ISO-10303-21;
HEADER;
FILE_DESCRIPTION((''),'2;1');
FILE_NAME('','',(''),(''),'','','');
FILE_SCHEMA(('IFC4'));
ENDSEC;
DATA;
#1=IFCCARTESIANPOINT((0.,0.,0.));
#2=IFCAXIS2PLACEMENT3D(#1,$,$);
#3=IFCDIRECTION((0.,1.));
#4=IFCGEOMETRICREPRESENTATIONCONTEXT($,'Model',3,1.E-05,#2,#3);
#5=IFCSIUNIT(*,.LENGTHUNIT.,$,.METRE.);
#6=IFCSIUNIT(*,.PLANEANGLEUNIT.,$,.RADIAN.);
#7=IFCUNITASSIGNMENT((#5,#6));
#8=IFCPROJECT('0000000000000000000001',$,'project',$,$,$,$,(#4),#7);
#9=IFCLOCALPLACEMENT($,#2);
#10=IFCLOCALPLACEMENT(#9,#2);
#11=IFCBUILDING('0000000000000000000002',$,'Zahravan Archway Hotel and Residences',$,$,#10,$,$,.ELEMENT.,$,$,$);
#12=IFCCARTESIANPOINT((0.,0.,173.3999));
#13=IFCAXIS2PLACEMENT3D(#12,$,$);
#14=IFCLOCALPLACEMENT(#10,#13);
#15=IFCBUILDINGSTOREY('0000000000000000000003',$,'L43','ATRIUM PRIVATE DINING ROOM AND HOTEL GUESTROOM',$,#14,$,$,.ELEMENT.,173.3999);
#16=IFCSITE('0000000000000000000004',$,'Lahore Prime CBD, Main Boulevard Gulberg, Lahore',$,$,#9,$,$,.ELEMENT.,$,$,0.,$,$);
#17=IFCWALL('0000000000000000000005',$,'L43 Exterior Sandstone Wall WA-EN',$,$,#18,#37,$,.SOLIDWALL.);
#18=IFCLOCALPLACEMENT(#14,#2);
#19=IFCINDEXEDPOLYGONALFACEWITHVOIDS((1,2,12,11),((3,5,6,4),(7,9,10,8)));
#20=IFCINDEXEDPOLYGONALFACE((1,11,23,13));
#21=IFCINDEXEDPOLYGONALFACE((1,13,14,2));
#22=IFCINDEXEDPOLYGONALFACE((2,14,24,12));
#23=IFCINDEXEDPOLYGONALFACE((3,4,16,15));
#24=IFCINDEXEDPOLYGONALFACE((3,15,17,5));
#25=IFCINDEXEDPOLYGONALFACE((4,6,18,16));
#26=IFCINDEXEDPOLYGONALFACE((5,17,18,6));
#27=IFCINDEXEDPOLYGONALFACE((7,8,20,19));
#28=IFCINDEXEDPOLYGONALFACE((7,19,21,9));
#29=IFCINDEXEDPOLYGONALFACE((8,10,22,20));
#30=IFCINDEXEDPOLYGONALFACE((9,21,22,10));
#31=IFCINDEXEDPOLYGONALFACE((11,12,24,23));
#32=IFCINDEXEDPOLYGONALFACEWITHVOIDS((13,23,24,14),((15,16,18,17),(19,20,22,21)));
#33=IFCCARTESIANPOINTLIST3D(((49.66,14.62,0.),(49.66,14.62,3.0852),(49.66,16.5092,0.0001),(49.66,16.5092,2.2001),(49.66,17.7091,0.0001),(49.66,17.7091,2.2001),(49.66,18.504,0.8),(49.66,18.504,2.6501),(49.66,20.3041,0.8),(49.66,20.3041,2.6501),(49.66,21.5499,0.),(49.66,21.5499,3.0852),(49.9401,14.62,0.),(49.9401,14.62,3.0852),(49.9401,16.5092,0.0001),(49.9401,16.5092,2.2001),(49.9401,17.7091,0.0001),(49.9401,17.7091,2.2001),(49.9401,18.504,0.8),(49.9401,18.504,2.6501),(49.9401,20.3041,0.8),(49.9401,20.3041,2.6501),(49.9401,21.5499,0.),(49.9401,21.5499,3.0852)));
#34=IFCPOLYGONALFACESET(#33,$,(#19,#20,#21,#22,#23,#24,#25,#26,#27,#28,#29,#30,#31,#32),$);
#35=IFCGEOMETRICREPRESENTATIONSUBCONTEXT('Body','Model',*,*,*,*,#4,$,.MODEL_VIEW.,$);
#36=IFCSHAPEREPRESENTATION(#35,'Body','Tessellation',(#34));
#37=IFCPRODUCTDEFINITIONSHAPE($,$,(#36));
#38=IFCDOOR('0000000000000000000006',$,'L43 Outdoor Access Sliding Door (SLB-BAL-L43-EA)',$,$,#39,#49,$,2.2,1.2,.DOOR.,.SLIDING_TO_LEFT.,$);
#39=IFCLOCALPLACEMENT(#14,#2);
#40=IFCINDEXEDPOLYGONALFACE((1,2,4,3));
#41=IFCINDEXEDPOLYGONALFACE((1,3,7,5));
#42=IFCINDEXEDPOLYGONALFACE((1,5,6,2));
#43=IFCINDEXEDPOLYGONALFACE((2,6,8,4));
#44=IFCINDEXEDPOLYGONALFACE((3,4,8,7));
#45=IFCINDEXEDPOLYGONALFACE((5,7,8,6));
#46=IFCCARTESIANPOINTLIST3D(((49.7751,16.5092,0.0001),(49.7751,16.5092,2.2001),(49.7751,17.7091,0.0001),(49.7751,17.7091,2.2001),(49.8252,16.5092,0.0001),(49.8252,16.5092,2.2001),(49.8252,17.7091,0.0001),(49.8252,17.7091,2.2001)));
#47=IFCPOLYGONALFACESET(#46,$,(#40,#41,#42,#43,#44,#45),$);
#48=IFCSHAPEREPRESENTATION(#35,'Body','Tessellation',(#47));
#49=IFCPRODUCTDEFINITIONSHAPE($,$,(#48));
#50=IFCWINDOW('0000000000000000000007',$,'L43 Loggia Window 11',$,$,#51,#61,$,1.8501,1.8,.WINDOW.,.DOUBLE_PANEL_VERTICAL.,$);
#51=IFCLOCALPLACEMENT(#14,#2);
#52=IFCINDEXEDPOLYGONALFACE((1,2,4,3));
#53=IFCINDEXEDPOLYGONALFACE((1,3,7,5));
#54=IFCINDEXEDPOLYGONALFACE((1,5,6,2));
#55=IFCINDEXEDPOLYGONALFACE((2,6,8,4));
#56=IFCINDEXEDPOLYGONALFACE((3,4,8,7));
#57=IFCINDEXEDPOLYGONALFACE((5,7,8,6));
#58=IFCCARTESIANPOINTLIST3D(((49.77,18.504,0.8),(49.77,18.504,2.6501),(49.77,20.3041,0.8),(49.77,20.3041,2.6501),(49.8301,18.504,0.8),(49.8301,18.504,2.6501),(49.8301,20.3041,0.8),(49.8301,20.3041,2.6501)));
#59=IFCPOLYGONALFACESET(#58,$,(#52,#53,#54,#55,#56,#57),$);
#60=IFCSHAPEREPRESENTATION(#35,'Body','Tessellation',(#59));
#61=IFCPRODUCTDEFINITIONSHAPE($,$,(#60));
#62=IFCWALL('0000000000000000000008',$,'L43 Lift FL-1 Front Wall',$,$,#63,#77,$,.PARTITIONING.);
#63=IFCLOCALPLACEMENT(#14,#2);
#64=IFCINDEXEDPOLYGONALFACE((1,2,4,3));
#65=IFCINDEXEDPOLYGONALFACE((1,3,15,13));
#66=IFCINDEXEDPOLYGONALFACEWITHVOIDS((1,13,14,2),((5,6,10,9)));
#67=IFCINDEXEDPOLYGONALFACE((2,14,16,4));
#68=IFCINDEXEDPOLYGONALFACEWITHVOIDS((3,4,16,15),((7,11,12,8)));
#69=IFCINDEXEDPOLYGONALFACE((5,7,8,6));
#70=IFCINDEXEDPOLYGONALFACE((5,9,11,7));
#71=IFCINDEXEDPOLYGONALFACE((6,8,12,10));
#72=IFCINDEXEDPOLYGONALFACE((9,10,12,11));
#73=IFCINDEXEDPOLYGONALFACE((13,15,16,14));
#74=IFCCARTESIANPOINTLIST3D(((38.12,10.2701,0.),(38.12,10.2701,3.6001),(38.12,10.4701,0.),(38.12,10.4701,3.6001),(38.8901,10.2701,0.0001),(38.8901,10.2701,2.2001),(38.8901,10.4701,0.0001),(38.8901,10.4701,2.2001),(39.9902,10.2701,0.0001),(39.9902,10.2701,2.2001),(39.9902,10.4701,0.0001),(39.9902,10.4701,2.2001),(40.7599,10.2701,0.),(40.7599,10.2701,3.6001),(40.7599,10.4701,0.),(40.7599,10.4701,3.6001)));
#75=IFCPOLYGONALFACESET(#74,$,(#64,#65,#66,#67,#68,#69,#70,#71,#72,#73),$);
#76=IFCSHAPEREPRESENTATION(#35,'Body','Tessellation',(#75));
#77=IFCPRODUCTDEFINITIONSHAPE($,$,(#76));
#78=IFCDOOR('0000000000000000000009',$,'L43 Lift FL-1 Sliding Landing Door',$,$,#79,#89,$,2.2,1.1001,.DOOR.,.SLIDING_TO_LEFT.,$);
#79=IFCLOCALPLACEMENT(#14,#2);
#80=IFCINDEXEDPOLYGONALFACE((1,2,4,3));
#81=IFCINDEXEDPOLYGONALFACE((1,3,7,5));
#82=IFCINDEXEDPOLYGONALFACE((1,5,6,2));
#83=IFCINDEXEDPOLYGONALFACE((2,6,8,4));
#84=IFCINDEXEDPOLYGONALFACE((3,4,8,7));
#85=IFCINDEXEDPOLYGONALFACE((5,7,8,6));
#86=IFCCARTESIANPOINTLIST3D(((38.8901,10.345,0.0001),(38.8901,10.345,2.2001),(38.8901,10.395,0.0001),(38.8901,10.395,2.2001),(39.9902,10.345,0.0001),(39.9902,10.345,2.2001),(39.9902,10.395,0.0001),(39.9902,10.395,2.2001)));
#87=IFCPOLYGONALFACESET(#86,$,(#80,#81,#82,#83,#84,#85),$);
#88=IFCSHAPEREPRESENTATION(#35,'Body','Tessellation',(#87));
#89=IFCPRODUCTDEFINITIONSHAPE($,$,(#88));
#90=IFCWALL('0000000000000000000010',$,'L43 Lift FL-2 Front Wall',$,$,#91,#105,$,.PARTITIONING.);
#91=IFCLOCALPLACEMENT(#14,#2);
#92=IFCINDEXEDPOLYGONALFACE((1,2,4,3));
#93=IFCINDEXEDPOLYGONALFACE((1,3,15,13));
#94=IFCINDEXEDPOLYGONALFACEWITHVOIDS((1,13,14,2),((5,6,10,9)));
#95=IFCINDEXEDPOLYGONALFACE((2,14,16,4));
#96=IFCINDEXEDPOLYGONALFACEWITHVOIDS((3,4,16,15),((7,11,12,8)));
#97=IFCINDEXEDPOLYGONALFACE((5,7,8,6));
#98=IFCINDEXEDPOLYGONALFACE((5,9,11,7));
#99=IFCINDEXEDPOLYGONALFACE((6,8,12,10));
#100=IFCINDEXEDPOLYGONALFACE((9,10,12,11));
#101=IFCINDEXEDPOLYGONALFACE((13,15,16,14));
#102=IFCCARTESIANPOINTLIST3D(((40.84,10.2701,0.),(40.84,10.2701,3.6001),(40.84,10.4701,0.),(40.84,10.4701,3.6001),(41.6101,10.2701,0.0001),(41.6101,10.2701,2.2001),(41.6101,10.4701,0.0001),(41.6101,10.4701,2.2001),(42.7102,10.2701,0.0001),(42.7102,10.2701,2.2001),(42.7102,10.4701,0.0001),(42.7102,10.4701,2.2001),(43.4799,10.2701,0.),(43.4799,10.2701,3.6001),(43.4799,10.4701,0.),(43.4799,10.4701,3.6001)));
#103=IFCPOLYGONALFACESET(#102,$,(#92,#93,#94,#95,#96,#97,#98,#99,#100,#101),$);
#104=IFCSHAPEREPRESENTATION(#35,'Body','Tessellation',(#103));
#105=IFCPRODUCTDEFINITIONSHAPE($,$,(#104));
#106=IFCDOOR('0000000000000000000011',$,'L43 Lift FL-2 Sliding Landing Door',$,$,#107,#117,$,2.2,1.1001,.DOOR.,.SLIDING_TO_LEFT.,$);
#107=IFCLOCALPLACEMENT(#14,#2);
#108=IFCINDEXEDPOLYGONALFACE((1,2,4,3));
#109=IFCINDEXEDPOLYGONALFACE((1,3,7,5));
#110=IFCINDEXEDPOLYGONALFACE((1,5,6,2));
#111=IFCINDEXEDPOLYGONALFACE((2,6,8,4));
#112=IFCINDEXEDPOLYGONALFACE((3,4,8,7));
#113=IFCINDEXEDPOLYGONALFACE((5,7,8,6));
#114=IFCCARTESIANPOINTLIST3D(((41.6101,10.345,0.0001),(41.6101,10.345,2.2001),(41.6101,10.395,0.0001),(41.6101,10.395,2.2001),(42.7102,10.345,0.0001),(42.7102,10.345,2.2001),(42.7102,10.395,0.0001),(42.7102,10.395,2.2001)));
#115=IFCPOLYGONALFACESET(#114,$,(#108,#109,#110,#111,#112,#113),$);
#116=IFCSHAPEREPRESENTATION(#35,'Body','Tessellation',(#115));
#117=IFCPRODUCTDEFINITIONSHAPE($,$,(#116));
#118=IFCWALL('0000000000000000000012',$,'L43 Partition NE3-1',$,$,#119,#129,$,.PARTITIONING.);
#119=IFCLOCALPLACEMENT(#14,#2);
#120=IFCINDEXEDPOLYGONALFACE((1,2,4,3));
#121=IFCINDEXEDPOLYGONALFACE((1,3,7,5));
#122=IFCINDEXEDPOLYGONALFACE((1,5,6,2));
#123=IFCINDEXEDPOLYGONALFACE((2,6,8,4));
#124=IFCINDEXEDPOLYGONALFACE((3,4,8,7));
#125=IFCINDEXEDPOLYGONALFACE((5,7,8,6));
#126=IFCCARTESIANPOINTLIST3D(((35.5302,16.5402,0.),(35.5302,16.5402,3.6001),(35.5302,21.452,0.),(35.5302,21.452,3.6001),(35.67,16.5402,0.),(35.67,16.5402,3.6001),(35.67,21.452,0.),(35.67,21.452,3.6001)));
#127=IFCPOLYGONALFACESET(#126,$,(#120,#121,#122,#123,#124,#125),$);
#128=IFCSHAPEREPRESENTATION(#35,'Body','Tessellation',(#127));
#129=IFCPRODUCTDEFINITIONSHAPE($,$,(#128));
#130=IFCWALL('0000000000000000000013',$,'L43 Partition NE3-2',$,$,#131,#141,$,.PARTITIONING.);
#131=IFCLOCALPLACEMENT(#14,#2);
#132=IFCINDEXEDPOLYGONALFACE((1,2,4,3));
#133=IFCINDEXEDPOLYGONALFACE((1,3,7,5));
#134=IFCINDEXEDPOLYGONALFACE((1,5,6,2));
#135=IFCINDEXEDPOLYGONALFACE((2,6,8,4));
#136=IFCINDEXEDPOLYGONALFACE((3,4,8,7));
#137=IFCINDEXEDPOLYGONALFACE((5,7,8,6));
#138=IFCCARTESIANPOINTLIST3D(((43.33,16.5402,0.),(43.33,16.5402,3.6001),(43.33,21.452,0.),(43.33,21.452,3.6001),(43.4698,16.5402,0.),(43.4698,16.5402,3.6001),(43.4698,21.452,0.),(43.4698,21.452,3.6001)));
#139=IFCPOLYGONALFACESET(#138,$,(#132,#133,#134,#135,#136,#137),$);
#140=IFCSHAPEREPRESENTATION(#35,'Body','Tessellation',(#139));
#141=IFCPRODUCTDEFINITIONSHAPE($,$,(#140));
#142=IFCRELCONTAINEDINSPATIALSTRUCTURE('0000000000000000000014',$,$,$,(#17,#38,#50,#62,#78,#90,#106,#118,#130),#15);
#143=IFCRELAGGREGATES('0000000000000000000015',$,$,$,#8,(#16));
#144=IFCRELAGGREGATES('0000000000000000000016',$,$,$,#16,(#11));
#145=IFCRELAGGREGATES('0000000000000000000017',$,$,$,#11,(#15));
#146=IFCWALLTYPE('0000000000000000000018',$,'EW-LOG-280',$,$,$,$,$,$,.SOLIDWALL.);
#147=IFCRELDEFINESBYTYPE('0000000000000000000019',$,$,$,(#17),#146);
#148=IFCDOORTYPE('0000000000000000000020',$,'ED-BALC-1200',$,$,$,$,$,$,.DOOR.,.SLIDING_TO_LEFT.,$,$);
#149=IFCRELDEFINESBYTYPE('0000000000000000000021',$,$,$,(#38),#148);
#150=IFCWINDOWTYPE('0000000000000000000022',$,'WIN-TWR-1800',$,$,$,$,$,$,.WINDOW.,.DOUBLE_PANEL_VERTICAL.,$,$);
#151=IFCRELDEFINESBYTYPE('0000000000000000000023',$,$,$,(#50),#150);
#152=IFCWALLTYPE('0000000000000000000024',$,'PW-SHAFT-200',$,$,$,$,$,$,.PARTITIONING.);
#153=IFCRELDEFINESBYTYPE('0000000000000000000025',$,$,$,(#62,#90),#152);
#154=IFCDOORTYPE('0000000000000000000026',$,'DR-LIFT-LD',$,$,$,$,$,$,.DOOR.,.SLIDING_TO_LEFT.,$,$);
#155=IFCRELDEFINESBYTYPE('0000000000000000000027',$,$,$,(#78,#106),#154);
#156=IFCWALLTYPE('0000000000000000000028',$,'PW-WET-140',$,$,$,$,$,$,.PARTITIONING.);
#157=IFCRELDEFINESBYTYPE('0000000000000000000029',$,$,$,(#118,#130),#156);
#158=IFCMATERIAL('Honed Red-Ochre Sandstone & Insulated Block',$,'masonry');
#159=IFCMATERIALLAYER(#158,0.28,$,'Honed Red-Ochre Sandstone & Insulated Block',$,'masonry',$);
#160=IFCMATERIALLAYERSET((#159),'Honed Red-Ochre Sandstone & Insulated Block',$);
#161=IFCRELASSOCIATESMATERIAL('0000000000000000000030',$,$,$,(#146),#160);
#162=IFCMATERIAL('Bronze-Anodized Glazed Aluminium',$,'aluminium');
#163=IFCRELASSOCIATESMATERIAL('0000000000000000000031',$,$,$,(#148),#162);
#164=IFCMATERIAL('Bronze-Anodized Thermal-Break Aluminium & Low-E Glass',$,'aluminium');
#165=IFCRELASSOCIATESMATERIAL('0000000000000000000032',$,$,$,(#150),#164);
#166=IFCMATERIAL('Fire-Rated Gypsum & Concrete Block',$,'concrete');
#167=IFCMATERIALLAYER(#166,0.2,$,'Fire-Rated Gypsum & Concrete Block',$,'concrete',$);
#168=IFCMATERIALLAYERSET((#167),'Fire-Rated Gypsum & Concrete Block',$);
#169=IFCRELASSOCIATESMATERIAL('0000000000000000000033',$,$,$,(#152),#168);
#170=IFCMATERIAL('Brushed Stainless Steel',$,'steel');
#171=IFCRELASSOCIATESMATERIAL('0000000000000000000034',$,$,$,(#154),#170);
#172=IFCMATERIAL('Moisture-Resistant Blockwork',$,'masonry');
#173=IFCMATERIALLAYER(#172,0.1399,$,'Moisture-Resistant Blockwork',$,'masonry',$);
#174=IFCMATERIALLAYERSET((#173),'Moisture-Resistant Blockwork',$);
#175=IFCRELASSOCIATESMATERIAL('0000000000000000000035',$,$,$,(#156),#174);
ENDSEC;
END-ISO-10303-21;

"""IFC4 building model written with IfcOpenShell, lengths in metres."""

from ifc_helpers import new_model, si_unit, direction, frame, frame_2d, origin, place, context, subcontext, project, spatial, rectangle, extrude, source, transform, mapped, material, layer, layer_set, type_object, type_shapes, element, fill, save


model = new_model("IFC4")

# Units and contexts
model_context = context("Model", 3, precision=1e-05, world=origin(), true_north=direction((0.0, 1.0)))
body_context = subcontext(model_context, "Body", "Model", "MODEL_VIEW")
ifc_project = project(units=[si_unit("LENGTHUNIT", "METRE"), si_unit("PLANEANGLEUNIT", "RADIAN")], contexts=[model_context])

# Site, building, storey
site_placement = place(None, origin())
site = spatial("IfcSite", under=ifc_project, at=site_placement, Name="Lahore Prime CBD, Main Boulevard Gulberg, Lahore", CompositionType="ELEMENT", RefElevation=0.0)
building_placement = place(site_placement, origin())
building = spatial("IfcBuilding", under=site, at=building_placement, Name="Zahravan Archway Hotel and Residences", CompositionType="ELEMENT")
storey_placement = place(building_placement, frame((0.0, 0.0, 173.3999)))
storey = spatial("IfcBuildingStorey", under=building, at=storey_placement, Name="L43", Description="ATRIUM PRIVATE DINING ROOM AND HOTEL GUESTROOM", CompositionType="ELEMENT", Elevation=173.3999)

# Wall, openings, door, window
ifc_material_1 = material(Name="Honed Red-Ochre Sandstone & Insulated Block", Category="masonry")
ifc_layer_1 = layer(ifc_material_1, 0.28, Name="Honed Red-Ochre Sandstone & Insulated Block", Category="masonry")
ifc_layer_set_1 = layer_set([ifc_layer_1], Name="Honed Red-Ochre Sandstone & Insulated Block")
wall_type_1 = type_object("IfcWallType", Name="EW-LOG-280", PredefinedType="SOLIDWALL", material=ifc_layer_set_1)
wall_1_placement = place(storey_placement, frame((49.8, 14.6201, 0.0), z_axis=(0.0, 0.0, 1.0), x_axis=(0.0, 1.0, 0.0)))
wall_1 = element("IfcWall", 1, at=wall_1_placement, inside=storey, type_object=wall_type_1, Name="L43 Exterior Sandstone Wall WA-EN", PredefinedType="SOLIDWALL", context=body_context, shape_type="SweptSolid", body=[
    extrude(rectangle(XDim=6.9299, YDim=0.28, at=frame_2d((3.4648, 0.0))), origin(), (0.0, 0.0, 1.0), 3.0852),
])
opening_1_placement = place(wall_1_placement, frame((1.8889, 0.0, 0.0)))
opening_1 = element("IfcOpeningElement", 2, at=opening_1_placement, cuts=wall_1, PredefinedType="OPENING", context=body_context, shape_type="SweptSolid", body=[
    extrude(rectangle(XDim=1.2, YDim=2.2, at=frame_2d((0.6001, 1.1001))), frame((0.0, 0.1499, 0.0), z_axis=(0.0, -1.0, 0.0), x_axis=(1.0, 0.0, 0.0)), (0.0, 0.0, 1.0), 0.3),
])
opening_2_placement = place(wall_1_placement, frame((3.884, 0.0, 0.8)))
opening_2 = element("IfcOpeningElement", 3, at=opening_2_placement, cuts=wall_1, PredefinedType="OPENING", context=body_context, shape_type="SweptSolid", body=[
    extrude(rectangle(XDim=1.8, YDim=1.8501, at=frame_2d((0.8999, 0.925))), frame((0.0, 0.1499, 0.0), z_axis=(0.0, -1.0, 0.0), x_axis=(1.0, 0.0, 0.0)), (0.0, 0.0, 1.0), 0.3),
])
ifc_material_2 = material(Name="Bronze-Anodized Glazed Aluminium", Category="aluminium")
door_type_1 = type_object("IfcDoorType", Name="ED-BALC-1200", OperationType="SLIDING_TO_LEFT", PredefinedType="DOOR", material=ifc_material_2)
shared_shape_1 = source(origin(), body_context, "Body", "SweptSolid", [
    extrude(rectangle(XDim=1.2, YDim=2.2, at=frame_2d((0.6001, 1.1001))), frame((0.0, 0.0249, 0.0), z_axis=(0.0, -1.0, 0.0), x_axis=(1.0, 0.0, 0.0)), (0.0, 0.0, 1.0), 0.05),
])
type_shapes(door_type_1, [shared_shape_1])
door_1_placement = place(opening_1_placement, origin())
door_1 = element("IfcDoor", 4, at=door_1_placement, inside=storey, type_object=door_type_1, Name="L43 Outdoor Access Sliding Door (SLB-BAL-L43-EA)", OperationType="SLIDING_TO_LEFT", OverallHeight=2.2, OverallWidth=1.2, PredefinedType="DOOR", context=body_context, shape_type="MappedRepresentation", body=[
    mapped(shared_shape_1, transform((0.0, 0.0, 0.0), scale=1.0)),
])
fill(opening_1, door_1)
ifc_material_3 = material(Name="Bronze-Anodized Thermal-Break Aluminium & Low-E Glass", Category="aluminium")
window_type = type_object("IfcWindowType", Name="WIN-TWR-1800", PartitioningType="DOUBLE_PANEL_VERTICAL", PredefinedType="WINDOW", material=ifc_material_3)
shared_shape_2 = source(origin(), body_context, "Body", "SweptSolid", [
    extrude(rectangle(XDim=1.8, YDim=1.8501, at=frame_2d((0.8999, 0.925))), frame((0.0, 0.03, 0.0), z_axis=(0.0, -1.0, 0.0), x_axis=(1.0, 0.0, 0.0)), (0.0, 0.0, 1.0), 0.0601),
])
type_shapes(window_type, [shared_shape_2])
window_placement = place(opening_2_placement, origin())
window = element("IfcWindow", 5, at=window_placement, inside=storey, type_object=window_type, Name="L43 Loggia Window 11", OverallHeight=1.8501, OverallWidth=1.8, PartitioningType="DOUBLE_PANEL_VERTICAL", PredefinedType="WINDOW", context=body_context, shape_type="MappedRepresentation", body=[
    mapped(shared_shape_2, transform((0.0, 0.0, 0.0), scale=1.0)),
])
fill(opening_2, window)

# Walls, openings, doors
ifc_material_4 = material(Name="Fire-Rated Gypsum & Concrete Block", Category="concrete")
ifc_layer_2 = layer(ifc_material_4, 0.2, Name="Fire-Rated Gypsum & Concrete Block", Category="concrete")
ifc_layer_set_2 = layer_set([ifc_layer_2], Name="Fire-Rated Gypsum & Concrete Block")
wall_type_2 = type_object("IfcWallType", Name="PW-SHAFT-200", PredefinedType="PARTITIONING", material=ifc_layer_set_2)
wall_2_placement = place(storey_placement, frame((38.1201, 10.3701, 0.0), z_axis=(0.0, 0.0, 1.0), x_axis=(1.0, 0.0, 0.0)))
wall_2 = element("IfcWall", 6, at=wall_2_placement, inside=storey, type_object=wall_type_2, Name="L43 Lift FL-1 Front Wall", PredefinedType="PARTITIONING", context=body_context, shape_type="SweptSolid", body=[
    extrude(rectangle(XDim=2.6399, YDim=0.2, at=frame_2d((1.3198, 0.0))), origin(), (0.0, 0.0, 1.0), 3.6001),
])
opening_3_placement = place(wall_2_placement, frame((0.77, 0.0, 0.0)))
opening_3 = element("IfcOpeningElement", 7, at=opening_3_placement, cuts=wall_2, PredefinedType="OPENING", context=body_context, shape_type="SweptSolid", body=[
    extrude(rectangle(XDim=1.1001, YDim=2.2, at=frame_2d((0.55, 1.1001))), frame((0.0, 0.1099, 0.0), z_axis=(0.0, -1.0, 0.0), x_axis=(1.0, 0.0, 0.0)), (0.0, 0.0, 1.0), 0.22),
])
ifc_material_5 = material(Name="Brushed Stainless Steel", Category="steel")
door_type_2 = type_object("IfcDoorType", Name="DR-LIFT-LD", OperationType="SLIDING_TO_LEFT", PredefinedType="DOOR", material=ifc_material_5)
shared_shape_3 = source(origin(), body_context, "Body", "SweptSolid", [
    extrude(rectangle(XDim=1.1001, YDim=2.2, at=frame_2d((0.55, 1.1001))), frame((0.0, 0.0249, 0.0), z_axis=(0.0, -1.0, 0.0), x_axis=(1.0, 0.0, 0.0)), (0.0, 0.0, 1.0), 0.05),
])
type_shapes(door_type_2, [shared_shape_3])
door_2_placement = place(opening_3_placement, origin())
door_2 = element("IfcDoor", 8, at=door_2_placement, inside=storey, type_object=door_type_2, Name="L43 Lift FL-1 Sliding Landing Door", OperationType="SLIDING_TO_LEFT", OverallHeight=2.2, OverallWidth=1.1001, PredefinedType="DOOR", context=body_context, shape_type="MappedRepresentation", body=[
    mapped(shared_shape_3, transform((0.0, 0.0, 0.0), scale=1.0)),
])
fill(opening_3, door_2)
wall_3_placement = place(storey_placement, frame((40.8401, 10.3701, 0.0), z_axis=(0.0, 0.0, 1.0), x_axis=(1.0, 0.0, 0.0)))
wall_3 = element("IfcWall", 9, at=wall_3_placement, inside=storey, type_object=wall_type_2, Name="L43 Lift FL-2 Front Wall", PredefinedType="PARTITIONING", context=body_context, shape_type="SweptSolid", body=[
    extrude(rectangle(XDim=2.6399, YDim=0.2, at=frame_2d((1.3198, 0.0))), origin(), (0.0, 0.0, 1.0), 3.6001),
])
opening_4_placement = place(wall_3_placement, frame((0.77, 0.0, 0.0)))
opening_4 = element("IfcOpeningElement", 10, at=opening_4_placement, cuts=wall_3, PredefinedType="OPENING", context=body_context, shape_type="SweptSolid", body=[
    extrude(rectangle(XDim=1.1001, YDim=2.2, at=frame_2d((0.55, 1.1001))), frame((0.0, 0.1099, 0.0), z_axis=(0.0, -1.0, 0.0), x_axis=(1.0, 0.0, 0.0)), (0.0, 0.0, 1.0), 0.22),
])
door_3_placement = place(opening_4_placement, origin())
door_3 = element("IfcDoor", 11, at=door_3_placement, inside=storey, type_object=door_type_2, Name="L43 Lift FL-2 Sliding Landing Door", OperationType="SLIDING_TO_LEFT", OverallHeight=2.2, OverallWidth=1.1001, PredefinedType="DOOR", context=body_context, shape_type="MappedRepresentation", body=[
    mapped(shared_shape_3, transform((0.0, 0.0, 0.0), scale=1.0)),
])
fill(opening_4, door_3)

# Walls
ifc_material_6 = material(Name="Moisture-Resistant Blockwork", Category="masonry")
ifc_layer_3 = layer(ifc_material_6, 0.1399, Name="Moisture-Resistant Blockwork", Category="masonry")
ifc_layer_set_3 = layer_set([ifc_layer_3], Name="Moisture-Resistant Blockwork")
wall_type_3 = type_object("IfcWallType", Name="PW-WET-140", PredefinedType="PARTITIONING", material=ifc_layer_set_3)
for number, where, z_axis, x_axis, name in (
    (12, (35.6001, 16.54, 0.0), (0.0, 0.0, 1.0), (0.0, 1.0, 0.0), "L43 Partition NE3-1"),
    (13, (43.3999, 16.54, 0.0), (0.0, 0.0, 1.0), (0.0, 1.0, 0.0), "L43 Partition NE3-2"),
):
    element("IfcWall", number, at=place(storey_placement, frame(where, z_axis=z_axis, x_axis=x_axis)), inside=storey, type_object=wall_type_3, Name=name, PredefinedType="PARTITIONING", context=body_context, shape_type="SweptSolid", body=[
        extrude(rectangle(XDim=4.9119, YDim=0.1399, at=frame_2d((2.4561, 0.0))), origin(), (0.0, 0.0, 1.0), 3.6001),
    ])

save(model, "model.ifc")
